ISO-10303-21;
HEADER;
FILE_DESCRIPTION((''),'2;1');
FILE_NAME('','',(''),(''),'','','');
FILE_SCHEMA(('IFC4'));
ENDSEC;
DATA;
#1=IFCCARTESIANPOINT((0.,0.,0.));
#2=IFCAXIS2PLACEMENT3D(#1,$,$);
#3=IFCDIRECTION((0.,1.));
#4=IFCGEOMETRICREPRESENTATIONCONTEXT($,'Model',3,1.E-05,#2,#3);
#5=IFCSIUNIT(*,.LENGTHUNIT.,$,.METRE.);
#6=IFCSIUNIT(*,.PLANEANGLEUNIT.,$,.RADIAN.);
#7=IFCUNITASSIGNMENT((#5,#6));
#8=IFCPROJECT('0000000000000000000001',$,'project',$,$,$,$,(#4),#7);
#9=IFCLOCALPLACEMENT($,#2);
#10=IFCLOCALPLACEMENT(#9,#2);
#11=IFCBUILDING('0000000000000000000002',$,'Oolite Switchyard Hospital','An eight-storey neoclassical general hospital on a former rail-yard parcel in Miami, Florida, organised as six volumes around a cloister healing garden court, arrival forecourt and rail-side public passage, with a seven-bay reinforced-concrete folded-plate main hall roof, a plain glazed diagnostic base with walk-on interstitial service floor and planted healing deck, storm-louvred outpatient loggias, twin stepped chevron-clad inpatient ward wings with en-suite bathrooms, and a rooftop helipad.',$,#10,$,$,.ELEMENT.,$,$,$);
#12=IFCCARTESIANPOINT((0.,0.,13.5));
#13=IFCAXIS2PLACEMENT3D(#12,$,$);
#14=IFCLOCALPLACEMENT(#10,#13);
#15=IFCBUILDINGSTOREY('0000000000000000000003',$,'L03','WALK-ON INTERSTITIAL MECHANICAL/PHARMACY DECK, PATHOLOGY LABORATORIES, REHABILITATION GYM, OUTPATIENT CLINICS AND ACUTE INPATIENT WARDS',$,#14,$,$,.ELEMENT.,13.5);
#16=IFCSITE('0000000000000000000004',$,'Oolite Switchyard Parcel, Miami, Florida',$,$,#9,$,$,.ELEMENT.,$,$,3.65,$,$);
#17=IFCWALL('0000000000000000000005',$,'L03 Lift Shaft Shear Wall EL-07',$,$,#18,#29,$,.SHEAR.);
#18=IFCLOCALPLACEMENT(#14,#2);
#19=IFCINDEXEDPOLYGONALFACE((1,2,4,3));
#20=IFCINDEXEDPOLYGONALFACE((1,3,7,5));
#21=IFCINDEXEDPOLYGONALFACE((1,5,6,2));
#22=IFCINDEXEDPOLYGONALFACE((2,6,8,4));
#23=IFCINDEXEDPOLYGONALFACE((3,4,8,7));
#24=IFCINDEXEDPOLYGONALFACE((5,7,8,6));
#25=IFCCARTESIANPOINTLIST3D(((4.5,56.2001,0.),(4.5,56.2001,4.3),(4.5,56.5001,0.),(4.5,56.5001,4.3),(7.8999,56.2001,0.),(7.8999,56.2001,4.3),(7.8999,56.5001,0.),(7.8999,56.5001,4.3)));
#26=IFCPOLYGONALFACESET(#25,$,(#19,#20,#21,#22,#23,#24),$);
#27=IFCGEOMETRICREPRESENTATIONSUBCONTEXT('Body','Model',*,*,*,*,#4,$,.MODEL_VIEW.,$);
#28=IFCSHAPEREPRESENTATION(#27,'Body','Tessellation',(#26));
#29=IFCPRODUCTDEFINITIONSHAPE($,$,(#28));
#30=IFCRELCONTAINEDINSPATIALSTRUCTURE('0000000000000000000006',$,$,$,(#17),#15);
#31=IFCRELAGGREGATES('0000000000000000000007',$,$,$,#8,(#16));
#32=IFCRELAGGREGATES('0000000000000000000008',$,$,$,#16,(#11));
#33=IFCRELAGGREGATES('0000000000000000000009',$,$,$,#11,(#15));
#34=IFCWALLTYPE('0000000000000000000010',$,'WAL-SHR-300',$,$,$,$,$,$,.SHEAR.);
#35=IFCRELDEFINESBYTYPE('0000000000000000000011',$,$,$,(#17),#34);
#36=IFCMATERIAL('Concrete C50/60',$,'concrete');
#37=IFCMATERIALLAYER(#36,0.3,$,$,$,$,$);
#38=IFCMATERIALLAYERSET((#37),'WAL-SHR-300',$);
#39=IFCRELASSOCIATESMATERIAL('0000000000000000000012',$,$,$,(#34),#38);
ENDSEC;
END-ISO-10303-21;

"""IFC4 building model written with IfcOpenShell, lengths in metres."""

from ifc_helpers import new_model, si_unit, direction, frame, frame_2d, origin, place, context, subcontext, project, spatial, rectangle, extrude, material, layer, layer_set, type_object, element, save


model = new_model("IFC4")

# Units and contexts
model_context = context("Model", 3, precision=1e-05, world=origin(), true_north=direction((0.0, 1.0)))
body_context = subcontext(model_context, "Body", "Model", "MODEL_VIEW")
ifc_project = project(units=[si_unit("LENGTHUNIT", "METRE"), si_unit("PLANEANGLEUNIT", "RADIAN")], contexts=[model_context])

# Site, building, storey
site_placement = place(None, origin())
site = spatial("IfcSite", under=ifc_project, at=site_placement, Name="Oolite Switchyard Parcel, Miami, Florida", CompositionType="ELEMENT", RefElevation=3.65)
building_placement = place(site_placement, origin())
building = spatial("IfcBuilding", under=site, at=building_placement, Name="Oolite Switchyard Hospital", Description="An eight-storey neoclassical general hospital on a former rail-yard parcel in Miami, Florida, organised as six volumes around a cloister healing garden court, arrival forecourt and rail-side public passage, with a seven-bay reinforced-concrete folded-plate main hall roof, a plain glazed diagnostic base with walk-on interstitial service floor and planted healing deck, storm-louvred outpatient loggias, twin stepped chevron-clad inpatient ward wings with en-suite bathrooms, and a rooftop helipad.", CompositionType="ELEMENT")
storey_placement = place(building_placement, frame((0.0, 0.0, 13.5)))
storey = spatial("IfcBuildingStorey", under=building, at=storey_placement, Name="L03", Description="WALK-ON INTERSTITIAL MECHANICAL/PHARMACY DECK, PATHOLOGY LABORATORIES, REHABILITATION GYM, OUTPATIENT CLINICS AND ACUTE INPATIENT WARDS", CompositionType="ELEMENT", Elevation=13.5)

# Shared definitions
ifc_material_1 = material(Name="Concrete C50/60", Category="concrete")

# Shared definitions
ifc_layer_1 = layer(ifc_material_1, 0.3)
ifc_layer_set_1 = layer_set([ifc_layer_1], Name="WAL-SHR-300")
wall_type_1 = type_object("IfcWallType", Name="WAL-SHR-300", PredefinedType="SHEAR", material=ifc_layer_set_1)

# Wall
wall_1_placement = place(storey_placement, frame((4.5, 56.3501, 0.0), z_axis=(0.0, 0.0, 1.0), x_axis=(1.0, 0.0, 0.0)))
element("IfcWall", 1, at=wall_1_placement, inside=storey, type_object=wall_type_1, Name="L03 Lift Shaft Shear Wall EL-07", PredefinedType="SHEAR", context=body_context, shape_type="SweptSolid", body=[
    extrude(rectangle(XDim=3.3999, YDim=0.3, at=frame_2d((1.7, 0.0))), origin(), (0.0, 0.0, 1.0), 4.3),
])

save(model, "model.ifc")
